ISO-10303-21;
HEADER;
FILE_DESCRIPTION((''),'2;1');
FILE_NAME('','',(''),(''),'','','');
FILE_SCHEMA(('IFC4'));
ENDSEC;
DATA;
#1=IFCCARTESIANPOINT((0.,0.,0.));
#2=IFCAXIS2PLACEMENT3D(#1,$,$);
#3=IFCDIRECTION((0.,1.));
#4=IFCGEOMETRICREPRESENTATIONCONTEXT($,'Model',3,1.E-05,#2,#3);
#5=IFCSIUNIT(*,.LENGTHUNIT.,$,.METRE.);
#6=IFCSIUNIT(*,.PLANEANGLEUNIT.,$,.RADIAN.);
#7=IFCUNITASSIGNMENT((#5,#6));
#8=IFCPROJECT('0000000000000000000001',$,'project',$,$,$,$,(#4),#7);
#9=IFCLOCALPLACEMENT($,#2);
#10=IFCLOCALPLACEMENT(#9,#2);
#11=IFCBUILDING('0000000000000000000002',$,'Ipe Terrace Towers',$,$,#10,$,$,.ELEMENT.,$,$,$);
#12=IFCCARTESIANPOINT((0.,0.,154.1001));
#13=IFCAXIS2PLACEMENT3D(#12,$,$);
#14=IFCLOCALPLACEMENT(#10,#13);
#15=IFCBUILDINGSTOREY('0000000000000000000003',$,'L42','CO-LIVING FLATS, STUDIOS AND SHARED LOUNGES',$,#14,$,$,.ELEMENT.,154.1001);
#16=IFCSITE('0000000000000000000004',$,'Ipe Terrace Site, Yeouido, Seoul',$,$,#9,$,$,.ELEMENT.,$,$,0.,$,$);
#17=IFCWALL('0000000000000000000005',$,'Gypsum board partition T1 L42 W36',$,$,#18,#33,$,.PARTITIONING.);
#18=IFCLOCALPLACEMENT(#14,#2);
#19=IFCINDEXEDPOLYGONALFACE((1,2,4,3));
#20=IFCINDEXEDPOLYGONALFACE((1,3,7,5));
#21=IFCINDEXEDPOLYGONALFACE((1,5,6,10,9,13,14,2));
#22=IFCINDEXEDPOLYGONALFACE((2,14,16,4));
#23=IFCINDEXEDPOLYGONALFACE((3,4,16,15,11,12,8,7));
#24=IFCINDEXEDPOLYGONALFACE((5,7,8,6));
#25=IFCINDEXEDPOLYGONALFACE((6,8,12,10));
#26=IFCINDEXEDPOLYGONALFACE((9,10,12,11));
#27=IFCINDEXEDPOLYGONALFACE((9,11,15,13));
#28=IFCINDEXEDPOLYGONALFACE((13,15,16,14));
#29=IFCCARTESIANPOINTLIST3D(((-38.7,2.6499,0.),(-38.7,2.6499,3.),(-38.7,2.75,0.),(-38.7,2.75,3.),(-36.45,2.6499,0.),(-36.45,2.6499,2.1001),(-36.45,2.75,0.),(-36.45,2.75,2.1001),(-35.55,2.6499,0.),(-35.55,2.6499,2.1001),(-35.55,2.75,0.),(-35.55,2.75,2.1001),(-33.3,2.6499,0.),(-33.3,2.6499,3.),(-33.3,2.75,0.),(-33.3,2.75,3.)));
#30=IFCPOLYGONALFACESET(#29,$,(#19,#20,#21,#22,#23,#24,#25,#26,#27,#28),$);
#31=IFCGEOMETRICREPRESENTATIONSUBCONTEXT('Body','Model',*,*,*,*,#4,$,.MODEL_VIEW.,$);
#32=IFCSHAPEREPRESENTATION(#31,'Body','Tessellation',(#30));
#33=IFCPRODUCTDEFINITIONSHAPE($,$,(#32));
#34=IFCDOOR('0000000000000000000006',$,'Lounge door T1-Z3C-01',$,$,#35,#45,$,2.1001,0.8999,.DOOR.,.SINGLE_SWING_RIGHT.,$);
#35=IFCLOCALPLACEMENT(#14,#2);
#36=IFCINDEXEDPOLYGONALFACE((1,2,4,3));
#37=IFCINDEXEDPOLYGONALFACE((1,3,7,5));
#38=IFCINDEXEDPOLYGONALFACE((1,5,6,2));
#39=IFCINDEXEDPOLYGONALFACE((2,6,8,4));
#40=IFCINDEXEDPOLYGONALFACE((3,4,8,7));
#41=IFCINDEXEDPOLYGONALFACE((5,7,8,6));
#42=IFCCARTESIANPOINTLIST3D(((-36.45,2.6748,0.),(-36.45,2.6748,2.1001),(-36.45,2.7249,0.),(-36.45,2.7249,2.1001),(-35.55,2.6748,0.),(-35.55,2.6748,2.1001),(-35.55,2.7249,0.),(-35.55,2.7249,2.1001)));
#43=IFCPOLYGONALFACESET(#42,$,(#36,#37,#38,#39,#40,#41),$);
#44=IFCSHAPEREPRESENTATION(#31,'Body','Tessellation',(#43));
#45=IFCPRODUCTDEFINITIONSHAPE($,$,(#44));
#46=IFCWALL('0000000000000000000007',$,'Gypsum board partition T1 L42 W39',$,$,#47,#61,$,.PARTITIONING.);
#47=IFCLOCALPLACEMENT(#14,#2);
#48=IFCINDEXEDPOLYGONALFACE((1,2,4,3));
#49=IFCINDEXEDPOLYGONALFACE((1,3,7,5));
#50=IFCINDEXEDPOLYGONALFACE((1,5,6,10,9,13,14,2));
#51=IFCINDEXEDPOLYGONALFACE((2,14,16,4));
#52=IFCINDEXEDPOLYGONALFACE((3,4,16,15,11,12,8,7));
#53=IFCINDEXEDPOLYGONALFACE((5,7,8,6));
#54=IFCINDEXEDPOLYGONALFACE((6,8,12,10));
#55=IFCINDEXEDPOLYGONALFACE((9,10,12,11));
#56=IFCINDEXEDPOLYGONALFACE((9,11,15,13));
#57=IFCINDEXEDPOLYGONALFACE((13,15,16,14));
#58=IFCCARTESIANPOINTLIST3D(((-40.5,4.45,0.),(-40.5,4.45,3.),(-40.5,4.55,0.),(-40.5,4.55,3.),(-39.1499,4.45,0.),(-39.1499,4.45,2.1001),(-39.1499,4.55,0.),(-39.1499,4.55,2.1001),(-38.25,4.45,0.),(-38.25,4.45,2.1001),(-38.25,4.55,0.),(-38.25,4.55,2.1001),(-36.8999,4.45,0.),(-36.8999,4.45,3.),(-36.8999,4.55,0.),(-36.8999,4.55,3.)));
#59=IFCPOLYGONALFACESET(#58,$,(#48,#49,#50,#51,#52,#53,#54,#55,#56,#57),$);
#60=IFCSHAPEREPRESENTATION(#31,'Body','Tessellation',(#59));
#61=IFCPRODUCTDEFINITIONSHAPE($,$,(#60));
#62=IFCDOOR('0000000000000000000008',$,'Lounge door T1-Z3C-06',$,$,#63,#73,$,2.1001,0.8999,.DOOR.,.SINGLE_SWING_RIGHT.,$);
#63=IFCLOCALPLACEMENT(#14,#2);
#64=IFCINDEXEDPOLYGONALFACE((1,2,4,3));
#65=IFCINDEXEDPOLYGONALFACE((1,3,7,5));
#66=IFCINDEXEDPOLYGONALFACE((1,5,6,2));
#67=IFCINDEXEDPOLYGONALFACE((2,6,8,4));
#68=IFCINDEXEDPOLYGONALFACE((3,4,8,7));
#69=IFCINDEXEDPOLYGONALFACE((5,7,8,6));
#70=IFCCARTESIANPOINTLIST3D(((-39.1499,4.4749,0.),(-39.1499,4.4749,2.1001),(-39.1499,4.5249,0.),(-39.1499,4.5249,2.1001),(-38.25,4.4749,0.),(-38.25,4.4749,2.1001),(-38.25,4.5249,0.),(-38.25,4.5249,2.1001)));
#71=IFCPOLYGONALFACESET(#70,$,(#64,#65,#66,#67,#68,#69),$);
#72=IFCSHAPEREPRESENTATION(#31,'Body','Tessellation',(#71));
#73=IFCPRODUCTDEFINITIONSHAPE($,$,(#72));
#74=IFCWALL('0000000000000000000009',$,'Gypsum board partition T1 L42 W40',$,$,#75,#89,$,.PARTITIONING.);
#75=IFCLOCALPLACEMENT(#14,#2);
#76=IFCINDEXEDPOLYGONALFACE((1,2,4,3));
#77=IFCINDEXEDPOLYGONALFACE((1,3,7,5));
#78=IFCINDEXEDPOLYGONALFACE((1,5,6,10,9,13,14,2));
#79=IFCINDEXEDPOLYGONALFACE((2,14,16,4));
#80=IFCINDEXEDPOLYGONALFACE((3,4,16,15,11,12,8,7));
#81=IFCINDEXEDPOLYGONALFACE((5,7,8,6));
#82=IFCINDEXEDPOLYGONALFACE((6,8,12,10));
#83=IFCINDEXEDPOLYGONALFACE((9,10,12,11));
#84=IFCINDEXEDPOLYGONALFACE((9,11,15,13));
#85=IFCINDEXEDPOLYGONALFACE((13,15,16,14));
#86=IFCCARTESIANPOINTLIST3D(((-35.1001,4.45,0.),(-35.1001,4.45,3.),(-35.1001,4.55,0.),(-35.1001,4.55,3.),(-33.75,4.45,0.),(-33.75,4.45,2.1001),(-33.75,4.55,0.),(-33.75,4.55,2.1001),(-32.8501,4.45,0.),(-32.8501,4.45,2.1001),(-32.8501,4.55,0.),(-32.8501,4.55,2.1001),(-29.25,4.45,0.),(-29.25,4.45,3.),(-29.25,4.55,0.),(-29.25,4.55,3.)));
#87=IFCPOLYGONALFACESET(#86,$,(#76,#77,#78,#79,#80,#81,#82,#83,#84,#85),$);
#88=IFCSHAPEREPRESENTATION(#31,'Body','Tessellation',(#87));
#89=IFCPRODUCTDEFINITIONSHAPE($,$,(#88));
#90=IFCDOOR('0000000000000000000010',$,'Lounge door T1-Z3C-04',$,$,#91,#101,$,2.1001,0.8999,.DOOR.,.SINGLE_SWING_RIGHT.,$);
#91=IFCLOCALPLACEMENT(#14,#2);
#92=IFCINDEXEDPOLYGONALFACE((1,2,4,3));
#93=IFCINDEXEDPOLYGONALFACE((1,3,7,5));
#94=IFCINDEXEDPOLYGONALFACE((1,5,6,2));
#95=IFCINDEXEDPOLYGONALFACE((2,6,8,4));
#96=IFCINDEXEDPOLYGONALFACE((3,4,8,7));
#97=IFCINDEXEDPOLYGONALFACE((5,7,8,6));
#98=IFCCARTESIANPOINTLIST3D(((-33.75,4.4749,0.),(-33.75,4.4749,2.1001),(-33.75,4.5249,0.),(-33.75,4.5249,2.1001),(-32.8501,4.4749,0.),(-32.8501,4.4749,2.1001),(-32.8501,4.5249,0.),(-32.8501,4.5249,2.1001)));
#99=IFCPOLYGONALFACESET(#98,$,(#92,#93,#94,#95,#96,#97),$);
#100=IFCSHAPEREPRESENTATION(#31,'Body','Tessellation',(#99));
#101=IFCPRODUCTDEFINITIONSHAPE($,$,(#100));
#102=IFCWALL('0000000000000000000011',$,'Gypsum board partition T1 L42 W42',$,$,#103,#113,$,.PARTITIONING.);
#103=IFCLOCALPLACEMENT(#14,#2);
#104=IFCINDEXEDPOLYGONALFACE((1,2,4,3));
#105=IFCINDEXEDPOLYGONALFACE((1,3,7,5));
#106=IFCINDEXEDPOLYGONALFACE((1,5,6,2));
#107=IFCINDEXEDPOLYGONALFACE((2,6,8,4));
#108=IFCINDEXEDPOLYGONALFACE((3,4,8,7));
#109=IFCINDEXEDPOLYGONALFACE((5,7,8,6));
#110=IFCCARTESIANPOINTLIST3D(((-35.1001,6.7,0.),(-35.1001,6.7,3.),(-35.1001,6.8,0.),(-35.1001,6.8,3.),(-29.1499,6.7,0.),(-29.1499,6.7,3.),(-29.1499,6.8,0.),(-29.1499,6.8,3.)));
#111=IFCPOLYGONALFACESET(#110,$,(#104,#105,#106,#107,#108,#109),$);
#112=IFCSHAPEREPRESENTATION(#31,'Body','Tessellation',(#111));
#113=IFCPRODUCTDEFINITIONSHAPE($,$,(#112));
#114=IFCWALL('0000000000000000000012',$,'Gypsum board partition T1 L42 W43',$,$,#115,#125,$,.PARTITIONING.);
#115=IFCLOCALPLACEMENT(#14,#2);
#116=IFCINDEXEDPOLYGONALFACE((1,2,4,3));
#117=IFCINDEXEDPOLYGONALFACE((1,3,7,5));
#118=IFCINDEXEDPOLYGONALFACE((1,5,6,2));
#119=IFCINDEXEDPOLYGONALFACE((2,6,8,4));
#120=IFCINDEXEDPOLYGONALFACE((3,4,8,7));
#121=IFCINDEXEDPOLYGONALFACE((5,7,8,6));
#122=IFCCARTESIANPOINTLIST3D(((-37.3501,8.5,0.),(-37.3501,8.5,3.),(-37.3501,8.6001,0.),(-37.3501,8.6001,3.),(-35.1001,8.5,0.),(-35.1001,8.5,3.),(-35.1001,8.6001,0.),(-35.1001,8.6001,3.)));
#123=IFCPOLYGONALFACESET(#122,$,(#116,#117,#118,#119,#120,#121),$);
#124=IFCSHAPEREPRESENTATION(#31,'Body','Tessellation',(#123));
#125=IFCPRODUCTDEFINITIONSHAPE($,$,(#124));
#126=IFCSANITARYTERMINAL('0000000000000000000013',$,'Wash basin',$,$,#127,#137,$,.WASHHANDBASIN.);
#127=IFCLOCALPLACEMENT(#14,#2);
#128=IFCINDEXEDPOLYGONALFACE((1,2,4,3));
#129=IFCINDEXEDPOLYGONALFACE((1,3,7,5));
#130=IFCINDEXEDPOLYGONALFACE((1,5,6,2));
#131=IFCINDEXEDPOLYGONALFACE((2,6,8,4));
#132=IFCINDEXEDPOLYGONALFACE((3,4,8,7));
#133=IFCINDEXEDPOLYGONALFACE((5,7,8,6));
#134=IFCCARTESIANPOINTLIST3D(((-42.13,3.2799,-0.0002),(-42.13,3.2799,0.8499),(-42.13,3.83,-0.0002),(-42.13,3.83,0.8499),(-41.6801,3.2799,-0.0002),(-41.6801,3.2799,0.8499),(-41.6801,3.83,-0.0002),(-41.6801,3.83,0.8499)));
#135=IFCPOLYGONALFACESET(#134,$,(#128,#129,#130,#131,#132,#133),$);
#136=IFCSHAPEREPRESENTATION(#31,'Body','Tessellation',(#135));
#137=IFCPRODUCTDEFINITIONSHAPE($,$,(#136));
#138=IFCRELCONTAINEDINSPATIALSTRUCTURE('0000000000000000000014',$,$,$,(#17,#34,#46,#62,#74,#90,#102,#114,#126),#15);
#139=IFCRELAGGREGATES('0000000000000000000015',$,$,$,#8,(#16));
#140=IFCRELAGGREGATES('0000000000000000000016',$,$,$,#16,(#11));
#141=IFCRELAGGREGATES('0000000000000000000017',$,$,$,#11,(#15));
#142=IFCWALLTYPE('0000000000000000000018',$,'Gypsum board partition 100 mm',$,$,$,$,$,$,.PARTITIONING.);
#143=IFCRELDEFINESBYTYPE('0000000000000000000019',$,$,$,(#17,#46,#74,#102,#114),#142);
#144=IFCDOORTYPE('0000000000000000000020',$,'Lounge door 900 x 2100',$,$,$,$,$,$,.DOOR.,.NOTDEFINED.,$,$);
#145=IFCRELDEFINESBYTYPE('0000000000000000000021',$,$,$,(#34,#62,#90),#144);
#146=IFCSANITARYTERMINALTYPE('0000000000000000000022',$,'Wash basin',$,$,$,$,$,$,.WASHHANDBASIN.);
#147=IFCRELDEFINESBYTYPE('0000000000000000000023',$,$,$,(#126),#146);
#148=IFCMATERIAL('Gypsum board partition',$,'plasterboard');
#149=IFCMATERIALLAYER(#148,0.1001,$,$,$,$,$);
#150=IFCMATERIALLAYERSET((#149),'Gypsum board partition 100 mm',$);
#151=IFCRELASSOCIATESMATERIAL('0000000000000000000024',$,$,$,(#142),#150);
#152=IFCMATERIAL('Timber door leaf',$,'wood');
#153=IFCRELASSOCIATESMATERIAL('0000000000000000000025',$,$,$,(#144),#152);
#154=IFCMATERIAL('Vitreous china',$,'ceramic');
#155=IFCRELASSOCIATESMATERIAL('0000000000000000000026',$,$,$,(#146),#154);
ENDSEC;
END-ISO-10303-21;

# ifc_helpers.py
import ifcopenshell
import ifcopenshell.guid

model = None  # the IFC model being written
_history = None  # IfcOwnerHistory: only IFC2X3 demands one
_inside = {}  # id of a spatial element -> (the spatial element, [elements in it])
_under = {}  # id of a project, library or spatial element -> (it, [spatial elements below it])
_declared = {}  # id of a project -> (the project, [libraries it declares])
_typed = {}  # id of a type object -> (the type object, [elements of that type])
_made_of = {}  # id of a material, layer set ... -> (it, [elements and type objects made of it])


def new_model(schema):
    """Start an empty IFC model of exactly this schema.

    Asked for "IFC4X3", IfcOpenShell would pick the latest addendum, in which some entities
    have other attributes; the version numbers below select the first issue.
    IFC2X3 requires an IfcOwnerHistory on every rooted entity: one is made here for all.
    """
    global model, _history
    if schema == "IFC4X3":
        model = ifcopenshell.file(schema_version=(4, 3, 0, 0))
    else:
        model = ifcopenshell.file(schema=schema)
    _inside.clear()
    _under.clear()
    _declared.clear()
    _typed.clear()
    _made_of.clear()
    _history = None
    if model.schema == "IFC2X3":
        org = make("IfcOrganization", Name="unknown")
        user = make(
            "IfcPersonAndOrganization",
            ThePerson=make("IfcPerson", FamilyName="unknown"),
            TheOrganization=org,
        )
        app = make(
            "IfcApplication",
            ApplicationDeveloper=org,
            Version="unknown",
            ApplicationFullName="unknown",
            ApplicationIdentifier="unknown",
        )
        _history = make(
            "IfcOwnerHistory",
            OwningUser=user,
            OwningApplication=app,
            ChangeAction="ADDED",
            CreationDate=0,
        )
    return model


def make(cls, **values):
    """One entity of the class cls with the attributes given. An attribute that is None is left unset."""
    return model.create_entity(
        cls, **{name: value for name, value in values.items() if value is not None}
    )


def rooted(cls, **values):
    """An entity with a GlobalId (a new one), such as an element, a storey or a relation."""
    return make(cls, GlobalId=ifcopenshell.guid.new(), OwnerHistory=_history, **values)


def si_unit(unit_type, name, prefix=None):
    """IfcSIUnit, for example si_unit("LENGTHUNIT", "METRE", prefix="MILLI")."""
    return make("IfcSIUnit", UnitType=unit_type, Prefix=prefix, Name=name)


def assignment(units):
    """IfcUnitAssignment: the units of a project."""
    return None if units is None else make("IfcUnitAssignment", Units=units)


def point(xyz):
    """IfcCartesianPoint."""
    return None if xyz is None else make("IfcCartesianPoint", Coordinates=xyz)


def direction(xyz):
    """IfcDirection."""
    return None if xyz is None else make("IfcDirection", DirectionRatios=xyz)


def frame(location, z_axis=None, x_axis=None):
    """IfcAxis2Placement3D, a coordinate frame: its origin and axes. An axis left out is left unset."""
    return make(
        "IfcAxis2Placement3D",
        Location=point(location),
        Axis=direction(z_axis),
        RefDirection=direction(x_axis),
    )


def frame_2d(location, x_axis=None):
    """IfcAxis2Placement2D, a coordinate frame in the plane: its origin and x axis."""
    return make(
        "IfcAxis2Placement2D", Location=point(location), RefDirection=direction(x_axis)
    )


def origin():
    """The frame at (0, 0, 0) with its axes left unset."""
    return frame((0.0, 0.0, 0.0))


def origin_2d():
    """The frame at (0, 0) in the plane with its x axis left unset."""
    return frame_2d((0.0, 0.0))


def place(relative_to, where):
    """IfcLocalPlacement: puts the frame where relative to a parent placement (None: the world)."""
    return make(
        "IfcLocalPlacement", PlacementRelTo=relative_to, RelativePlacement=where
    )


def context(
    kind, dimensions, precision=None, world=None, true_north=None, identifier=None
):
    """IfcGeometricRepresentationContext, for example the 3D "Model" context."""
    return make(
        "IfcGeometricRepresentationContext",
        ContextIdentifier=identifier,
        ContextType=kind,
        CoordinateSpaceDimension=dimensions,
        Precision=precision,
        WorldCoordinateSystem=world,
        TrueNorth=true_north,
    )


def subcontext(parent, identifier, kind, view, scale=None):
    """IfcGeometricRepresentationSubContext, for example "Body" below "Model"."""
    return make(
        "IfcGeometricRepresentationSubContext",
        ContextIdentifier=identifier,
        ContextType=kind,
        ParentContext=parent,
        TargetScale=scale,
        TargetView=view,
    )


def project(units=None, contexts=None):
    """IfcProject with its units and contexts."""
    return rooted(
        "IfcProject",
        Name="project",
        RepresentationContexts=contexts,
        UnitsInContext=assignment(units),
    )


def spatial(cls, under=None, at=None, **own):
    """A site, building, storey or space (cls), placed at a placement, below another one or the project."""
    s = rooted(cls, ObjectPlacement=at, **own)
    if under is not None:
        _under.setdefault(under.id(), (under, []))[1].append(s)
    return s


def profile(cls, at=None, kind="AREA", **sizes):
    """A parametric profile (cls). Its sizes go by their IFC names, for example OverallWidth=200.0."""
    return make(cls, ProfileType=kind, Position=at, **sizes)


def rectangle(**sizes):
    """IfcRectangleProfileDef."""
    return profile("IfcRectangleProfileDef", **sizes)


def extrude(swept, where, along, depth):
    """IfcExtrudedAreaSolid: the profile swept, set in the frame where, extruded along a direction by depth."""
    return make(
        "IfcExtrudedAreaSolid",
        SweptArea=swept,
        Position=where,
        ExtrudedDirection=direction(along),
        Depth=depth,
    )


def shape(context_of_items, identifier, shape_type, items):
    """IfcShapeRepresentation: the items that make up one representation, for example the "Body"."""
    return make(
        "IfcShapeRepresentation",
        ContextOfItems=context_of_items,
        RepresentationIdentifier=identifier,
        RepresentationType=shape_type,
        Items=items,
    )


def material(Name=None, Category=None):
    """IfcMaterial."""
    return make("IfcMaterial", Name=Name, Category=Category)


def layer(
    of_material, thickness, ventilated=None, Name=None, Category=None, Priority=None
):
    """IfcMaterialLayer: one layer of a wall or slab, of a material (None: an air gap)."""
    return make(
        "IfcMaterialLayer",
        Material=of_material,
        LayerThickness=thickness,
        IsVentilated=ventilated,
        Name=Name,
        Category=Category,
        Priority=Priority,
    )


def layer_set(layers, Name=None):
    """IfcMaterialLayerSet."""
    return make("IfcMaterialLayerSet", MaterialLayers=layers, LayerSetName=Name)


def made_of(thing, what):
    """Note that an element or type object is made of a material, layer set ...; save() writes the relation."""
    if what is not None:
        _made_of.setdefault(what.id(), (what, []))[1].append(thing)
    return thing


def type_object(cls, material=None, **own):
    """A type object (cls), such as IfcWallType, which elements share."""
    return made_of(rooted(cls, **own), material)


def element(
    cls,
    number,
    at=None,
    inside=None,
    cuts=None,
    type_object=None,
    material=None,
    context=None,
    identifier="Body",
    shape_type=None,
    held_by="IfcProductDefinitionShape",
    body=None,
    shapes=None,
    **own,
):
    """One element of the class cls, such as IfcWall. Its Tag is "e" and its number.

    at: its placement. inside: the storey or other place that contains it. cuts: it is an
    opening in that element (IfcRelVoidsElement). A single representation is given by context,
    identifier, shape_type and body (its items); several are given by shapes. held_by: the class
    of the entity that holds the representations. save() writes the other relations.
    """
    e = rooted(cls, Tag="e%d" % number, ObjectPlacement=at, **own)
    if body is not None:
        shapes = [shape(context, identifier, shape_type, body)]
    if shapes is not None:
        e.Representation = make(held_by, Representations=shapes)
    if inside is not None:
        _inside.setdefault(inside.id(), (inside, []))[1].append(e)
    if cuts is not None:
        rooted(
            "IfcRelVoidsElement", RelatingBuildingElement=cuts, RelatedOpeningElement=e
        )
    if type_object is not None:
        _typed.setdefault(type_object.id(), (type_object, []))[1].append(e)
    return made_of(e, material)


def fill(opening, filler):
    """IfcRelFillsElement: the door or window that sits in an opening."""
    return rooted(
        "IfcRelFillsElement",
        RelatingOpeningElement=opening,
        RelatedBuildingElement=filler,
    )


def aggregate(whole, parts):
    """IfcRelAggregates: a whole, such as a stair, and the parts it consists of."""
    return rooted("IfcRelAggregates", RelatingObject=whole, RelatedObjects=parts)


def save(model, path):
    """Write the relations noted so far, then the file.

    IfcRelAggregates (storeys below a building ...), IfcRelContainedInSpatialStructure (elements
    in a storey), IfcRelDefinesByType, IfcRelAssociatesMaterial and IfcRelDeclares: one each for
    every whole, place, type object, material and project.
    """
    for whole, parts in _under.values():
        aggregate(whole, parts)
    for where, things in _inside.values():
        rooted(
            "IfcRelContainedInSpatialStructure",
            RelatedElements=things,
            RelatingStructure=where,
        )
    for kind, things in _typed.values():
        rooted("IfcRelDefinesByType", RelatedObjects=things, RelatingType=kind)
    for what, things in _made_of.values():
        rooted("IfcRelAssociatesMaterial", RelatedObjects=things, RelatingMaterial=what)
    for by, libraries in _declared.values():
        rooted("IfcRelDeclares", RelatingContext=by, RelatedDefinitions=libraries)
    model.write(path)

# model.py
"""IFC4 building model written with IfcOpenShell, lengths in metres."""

from ifc_helpers import new_model, si_unit, direction, frame, frame_2d, origin, origin_2d, place, context, subcontext, project, spatial, rectangle, extrude, material, layer, layer_set, type_object, element, fill, save


model = new_model("IFC4")

# Units and contexts
model_context = context("Model", 3, precision=1e-05, world=origin(), true_north=direction((0.0, 1.0)))
body_context = subcontext(model_context, "Body", "Model", "MODEL_VIEW")
ifc_project = project(units=[si_unit("LENGTHUNIT", "METRE"), si_unit("PLANEANGLEUNIT", "RADIAN")], contexts=[model_context])

# Site, building, storey
site_placement = place(None, origin())
site = spatial("IfcSite", under=ifc_project, at=site_placement, Name="Ipe Terrace Site, Yeouido, Seoul", CompositionType="ELEMENT", RefElevation=0.0)
building_placement = place(site_placement, origin())
building = spatial("IfcBuilding", under=site, at=building_placement, Name="Ipe Terrace Towers", CompositionType="ELEMENT")
storey_placement = place(building_placement, frame((0.0, 0.0, 154.1001)))
storey = spatial("IfcBuildingStorey", under=building, at=storey_placement, Name="L42", Description="CO-LIVING FLATS, STUDIOS AND SHARED LOUNGES", CompositionType="ELEMENT", Elevation=154.1001)

# Shared definitions
ifc_material_1 = material(Name="Gypsum board partition", Category="plasterboard")
ifc_layer_1 = layer(ifc_material_1, 0.1001)
ifc_layer_set_1 = layer_set([ifc_layer_1], Name="Gypsum board partition 100 mm")
wall_type_1 = type_object("IfcWallType", Name="Gypsum board partition 100 mm", PredefinedType="PARTITIONING", material=ifc_layer_set_1)

# Shared definitions
ifc_material_2 = material(Name="Timber door leaf", Category="wood")
door_type = type_object("IfcDoorType", Name="Lounge door 900 x 2100", OperationType="NOTDEFINED", PredefinedType="DOOR", material=ifc_material_2)

# Walls, openings, doors
wall_1_placement = place(storey_placement, frame((-38.7, 2.7, 0.0), z_axis=(0.0, 0.0, 1.0), x_axis=(1.0, 0.0, 0.0)))
wall_1 = element("IfcWall", 1, at=wall_1_placement, inside=storey, type_object=wall_type_1, Name="Gypsum board partition T1 L42 W36", PredefinedType="PARTITIONING", context=body_context, shape_type="SweptSolid", body=[
    extrude(rectangle(XDim=5.3999, YDim=0.1001, at=frame_2d((2.7, 0.0))), origin(), (0.0, 0.0, 1.0), 3.0),
])
opening_1_placement = place(wall_1_placement, frame((2.25, 0.0, 0.0)))
opening_1 = element("IfcOpeningElement", 2, at=opening_1_placement, cuts=wall_1, PredefinedType="OPENING", context=body_context, shape_type="SweptSolid", body=[
    extrude(rectangle(XDim=0.8999, YDim=2.1001, at=frame_2d((0.45, 1.05))), frame((0.0, 0.0601, 0.0), z_axis=(0.0, -1.0, 0.0), x_axis=(1.0, 0.0, 0.0)), (0.0, 0.0, 1.0), 0.1201),
])
door_1_placement = place(opening_1_placement, origin())
door_1 = element("IfcDoor", 3, at=door_1_placement, inside=storey, type_object=door_type, Name="Lounge door T1-Z3C-01", OperationType="SINGLE_SWING_RIGHT", OverallHeight=2.1001, OverallWidth=0.8999, PredefinedType="DOOR", context=body_context, shape_type="SweptSolid", body=[
    extrude(rectangle(XDim=0.8999, YDim=2.1001, at=frame_2d((0.45, 1.05))), frame((0.0, 0.0249, 0.0), z_axis=(0.0, -1.0, 0.0), x_axis=(1.0, 0.0, 0.0)), (0.0, 0.0, 1.0), 0.05),
])
fill(opening_1, door_1)
wall_2_placement = place(storey_placement, frame((-40.5, 4.5, 0.0), z_axis=(0.0, 0.0, 1.0), x_axis=(1.0, 0.0, 0.0)))
wall_2 = element("IfcWall", 4, at=wall_2_placement, inside=storey, type_object=wall_type_1, Name="Gypsum board partition T1 L42 W39", PredefinedType="PARTITIONING", context=body_context, shape_type="SweptSolid", body=[
    extrude(rectangle(XDim=3.6001, YDim=0.1001, at=frame_2d((1.8, 0.0))), origin(), (0.0, 0.0, 1.0), 3.0),
])
opening_2_placement = place(wall_2_placement, frame((1.3501, 0.0, 0.0)))
opening_2 = element("IfcOpeningElement", 5, at=opening_2_placement, cuts=wall_2, PredefinedType="OPENING", context=body_context, shape_type="SweptSolid", body=[
    extrude(rectangle(XDim=0.8999, YDim=2.1001, at=frame_2d((0.45, 1.05))), frame((0.0, 0.0601, 0.0), z_axis=(0.0, -1.0, 0.0), x_axis=(1.0, 0.0, 0.0)), (0.0, 0.0, 1.0), 0.1201),
])
door_2_placement = place(opening_2_placement, origin())
door_2 = element("IfcDoor", 6, at=door_2_placement, inside=storey, type_object=door_type, Name="Lounge door T1-Z3C-06", OperationType="SINGLE_SWING_RIGHT", OverallHeight=2.1001, OverallWidth=0.8999, PredefinedType="DOOR", context=body_context, shape_type="SweptSolid", body=[
    extrude(rectangle(XDim=0.8999, YDim=2.1001, at=frame_2d((0.45, 1.05))), frame((0.0, 0.0249, 0.0), z_axis=(0.0, -1.0, 0.0), x_axis=(1.0, 0.0, 0.0)), (0.0, 0.0, 1.0), 0.05),
])
fill(opening_2, door_2)
wall_3_placement = place(storey_placement, frame((-35.1001, 4.5, 0.0), z_axis=(0.0, 0.0, 1.0), x_axis=(1.0, 0.0, 0.0)))
wall_3 = element("IfcWall", 7, at=wall_3_placement, inside=storey, type_object=wall_type_1, Name="Gypsum board partition T1 L42 W40", PredefinedType="PARTITIONING", context=body_context, shape_type="SweptSolid", body=[
    extrude(rectangle(XDim=5.8501, YDim=0.1001, at=frame_2d((2.925, 0.0))), origin(), (0.0, 0.0, 1.0), 3.0),
])
opening_3_placement = place(wall_3_placement, frame((1.3501, 0.0, 0.0)))
opening_3 = element("IfcOpeningElement", 8, at=opening_3_placement, cuts=wall_3, PredefinedType="OPENING", context=body_context, shape_type="SweptSolid", body=[
    extrude(rectangle(XDim=0.8999, YDim=2.1001, at=frame_2d((0.45, 1.05))), frame((0.0, 0.0601, 0.0), z_axis=(0.0, -1.0, 0.0), x_axis=(1.0, 0.0, 0.0)), (0.0, 0.0, 1.0), 0.1201),
])
door_3_placement = place(opening_3_placement, origin())
door_3 = element("IfcDoor", 9, at=door_3_placement, inside=storey, type_object=door_type, Name="Lounge door T1-Z3C-04", OperationType="SINGLE_SWING_RIGHT", OverallHeight=2.1001, OverallWidth=0.8999, PredefinedType="DOOR", context=body_context, shape_type="SweptSolid", body=[
    extrude(rectangle(XDim=0.8999, YDim=2.1001, at=frame_2d((0.45, 1.05))), frame((0.0, 0.0249, 0.0), z_axis=(0.0, -1.0, 0.0), x_axis=(1.0, 0.0, 0.0)), (0.0, 0.0, 1.0), 0.05),
])
fill(opening_3, door_3)

# Walls
wall_4_placement = place(storey_placement, frame((-35.1001, 6.75, 0.0), z_axis=(0.0, 0.0, 1.0), x_axis=(1.0, 0.0, 0.0)))
element("IfcWall", 10, at=wall_4_placement, inside=storey, type_object=wall_type_1, Name="Gypsum board partition T1 L42 W42", PredefinedType="PARTITIONING", context=body_context, shape_type="SweptSolid", body=[
    extrude(rectangle(XDim=5.9502, YDim=0.1001, at=frame_2d((2.9751, 0.0))), origin(), (0.0, 0.0, 1.0), 3.0),
])
wall_5_placement = place(storey_placement, frame((-37.3501, 8.55, 0.0), z_axis=(0.0, 0.0, 1.0), x_axis=(1.0, 0.0, 0.0)))
element("IfcWall", 11, at=wall_5_placement, inside=storey, type_object=wall_type_1, Name="Gypsum board partition T1 L42 W43", PredefinedType="PARTITIONING", context=body_context, shape_type="SweptSolid", body=[
    extrude(rectangle(XDim=2.25, YDim=0.1001, at=frame_2d((1.125, 0.0))), origin(), (0.0, 0.0, 1.0), 3.0),
])

# Sanitary terminal
ifc_material_3 = material(Name="Vitreous china", Category="ceramic")
sanitary_terminal_type = type_object("IfcSanitaryTerminalType", Name="Wash basin", PredefinedType="WASHHANDBASIN", material=ifc_material_3)
sanitary_terminal_placement = place(storey_placement, frame((-41.905, 3.5549, -0.0002), z_axis=(0.0, 0.0, 1.0), x_axis=(0.0, -1.0, 0.0)))
element("IfcSanitaryTerminal", 12, at=sanitary_terminal_placement, inside=storey, type_object=sanitary_terminal_type, Name="Wash basin", PredefinedType="WASHHANDBASIN", context=body_context, shape_type="SweptSolid", body=[
    extrude(rectangle(XDim=0.55, YDim=0.45, at=origin_2d()), origin(), (0.0, 0.0, 1.0), 0.8501),
])

save(model, "model.ifc")
